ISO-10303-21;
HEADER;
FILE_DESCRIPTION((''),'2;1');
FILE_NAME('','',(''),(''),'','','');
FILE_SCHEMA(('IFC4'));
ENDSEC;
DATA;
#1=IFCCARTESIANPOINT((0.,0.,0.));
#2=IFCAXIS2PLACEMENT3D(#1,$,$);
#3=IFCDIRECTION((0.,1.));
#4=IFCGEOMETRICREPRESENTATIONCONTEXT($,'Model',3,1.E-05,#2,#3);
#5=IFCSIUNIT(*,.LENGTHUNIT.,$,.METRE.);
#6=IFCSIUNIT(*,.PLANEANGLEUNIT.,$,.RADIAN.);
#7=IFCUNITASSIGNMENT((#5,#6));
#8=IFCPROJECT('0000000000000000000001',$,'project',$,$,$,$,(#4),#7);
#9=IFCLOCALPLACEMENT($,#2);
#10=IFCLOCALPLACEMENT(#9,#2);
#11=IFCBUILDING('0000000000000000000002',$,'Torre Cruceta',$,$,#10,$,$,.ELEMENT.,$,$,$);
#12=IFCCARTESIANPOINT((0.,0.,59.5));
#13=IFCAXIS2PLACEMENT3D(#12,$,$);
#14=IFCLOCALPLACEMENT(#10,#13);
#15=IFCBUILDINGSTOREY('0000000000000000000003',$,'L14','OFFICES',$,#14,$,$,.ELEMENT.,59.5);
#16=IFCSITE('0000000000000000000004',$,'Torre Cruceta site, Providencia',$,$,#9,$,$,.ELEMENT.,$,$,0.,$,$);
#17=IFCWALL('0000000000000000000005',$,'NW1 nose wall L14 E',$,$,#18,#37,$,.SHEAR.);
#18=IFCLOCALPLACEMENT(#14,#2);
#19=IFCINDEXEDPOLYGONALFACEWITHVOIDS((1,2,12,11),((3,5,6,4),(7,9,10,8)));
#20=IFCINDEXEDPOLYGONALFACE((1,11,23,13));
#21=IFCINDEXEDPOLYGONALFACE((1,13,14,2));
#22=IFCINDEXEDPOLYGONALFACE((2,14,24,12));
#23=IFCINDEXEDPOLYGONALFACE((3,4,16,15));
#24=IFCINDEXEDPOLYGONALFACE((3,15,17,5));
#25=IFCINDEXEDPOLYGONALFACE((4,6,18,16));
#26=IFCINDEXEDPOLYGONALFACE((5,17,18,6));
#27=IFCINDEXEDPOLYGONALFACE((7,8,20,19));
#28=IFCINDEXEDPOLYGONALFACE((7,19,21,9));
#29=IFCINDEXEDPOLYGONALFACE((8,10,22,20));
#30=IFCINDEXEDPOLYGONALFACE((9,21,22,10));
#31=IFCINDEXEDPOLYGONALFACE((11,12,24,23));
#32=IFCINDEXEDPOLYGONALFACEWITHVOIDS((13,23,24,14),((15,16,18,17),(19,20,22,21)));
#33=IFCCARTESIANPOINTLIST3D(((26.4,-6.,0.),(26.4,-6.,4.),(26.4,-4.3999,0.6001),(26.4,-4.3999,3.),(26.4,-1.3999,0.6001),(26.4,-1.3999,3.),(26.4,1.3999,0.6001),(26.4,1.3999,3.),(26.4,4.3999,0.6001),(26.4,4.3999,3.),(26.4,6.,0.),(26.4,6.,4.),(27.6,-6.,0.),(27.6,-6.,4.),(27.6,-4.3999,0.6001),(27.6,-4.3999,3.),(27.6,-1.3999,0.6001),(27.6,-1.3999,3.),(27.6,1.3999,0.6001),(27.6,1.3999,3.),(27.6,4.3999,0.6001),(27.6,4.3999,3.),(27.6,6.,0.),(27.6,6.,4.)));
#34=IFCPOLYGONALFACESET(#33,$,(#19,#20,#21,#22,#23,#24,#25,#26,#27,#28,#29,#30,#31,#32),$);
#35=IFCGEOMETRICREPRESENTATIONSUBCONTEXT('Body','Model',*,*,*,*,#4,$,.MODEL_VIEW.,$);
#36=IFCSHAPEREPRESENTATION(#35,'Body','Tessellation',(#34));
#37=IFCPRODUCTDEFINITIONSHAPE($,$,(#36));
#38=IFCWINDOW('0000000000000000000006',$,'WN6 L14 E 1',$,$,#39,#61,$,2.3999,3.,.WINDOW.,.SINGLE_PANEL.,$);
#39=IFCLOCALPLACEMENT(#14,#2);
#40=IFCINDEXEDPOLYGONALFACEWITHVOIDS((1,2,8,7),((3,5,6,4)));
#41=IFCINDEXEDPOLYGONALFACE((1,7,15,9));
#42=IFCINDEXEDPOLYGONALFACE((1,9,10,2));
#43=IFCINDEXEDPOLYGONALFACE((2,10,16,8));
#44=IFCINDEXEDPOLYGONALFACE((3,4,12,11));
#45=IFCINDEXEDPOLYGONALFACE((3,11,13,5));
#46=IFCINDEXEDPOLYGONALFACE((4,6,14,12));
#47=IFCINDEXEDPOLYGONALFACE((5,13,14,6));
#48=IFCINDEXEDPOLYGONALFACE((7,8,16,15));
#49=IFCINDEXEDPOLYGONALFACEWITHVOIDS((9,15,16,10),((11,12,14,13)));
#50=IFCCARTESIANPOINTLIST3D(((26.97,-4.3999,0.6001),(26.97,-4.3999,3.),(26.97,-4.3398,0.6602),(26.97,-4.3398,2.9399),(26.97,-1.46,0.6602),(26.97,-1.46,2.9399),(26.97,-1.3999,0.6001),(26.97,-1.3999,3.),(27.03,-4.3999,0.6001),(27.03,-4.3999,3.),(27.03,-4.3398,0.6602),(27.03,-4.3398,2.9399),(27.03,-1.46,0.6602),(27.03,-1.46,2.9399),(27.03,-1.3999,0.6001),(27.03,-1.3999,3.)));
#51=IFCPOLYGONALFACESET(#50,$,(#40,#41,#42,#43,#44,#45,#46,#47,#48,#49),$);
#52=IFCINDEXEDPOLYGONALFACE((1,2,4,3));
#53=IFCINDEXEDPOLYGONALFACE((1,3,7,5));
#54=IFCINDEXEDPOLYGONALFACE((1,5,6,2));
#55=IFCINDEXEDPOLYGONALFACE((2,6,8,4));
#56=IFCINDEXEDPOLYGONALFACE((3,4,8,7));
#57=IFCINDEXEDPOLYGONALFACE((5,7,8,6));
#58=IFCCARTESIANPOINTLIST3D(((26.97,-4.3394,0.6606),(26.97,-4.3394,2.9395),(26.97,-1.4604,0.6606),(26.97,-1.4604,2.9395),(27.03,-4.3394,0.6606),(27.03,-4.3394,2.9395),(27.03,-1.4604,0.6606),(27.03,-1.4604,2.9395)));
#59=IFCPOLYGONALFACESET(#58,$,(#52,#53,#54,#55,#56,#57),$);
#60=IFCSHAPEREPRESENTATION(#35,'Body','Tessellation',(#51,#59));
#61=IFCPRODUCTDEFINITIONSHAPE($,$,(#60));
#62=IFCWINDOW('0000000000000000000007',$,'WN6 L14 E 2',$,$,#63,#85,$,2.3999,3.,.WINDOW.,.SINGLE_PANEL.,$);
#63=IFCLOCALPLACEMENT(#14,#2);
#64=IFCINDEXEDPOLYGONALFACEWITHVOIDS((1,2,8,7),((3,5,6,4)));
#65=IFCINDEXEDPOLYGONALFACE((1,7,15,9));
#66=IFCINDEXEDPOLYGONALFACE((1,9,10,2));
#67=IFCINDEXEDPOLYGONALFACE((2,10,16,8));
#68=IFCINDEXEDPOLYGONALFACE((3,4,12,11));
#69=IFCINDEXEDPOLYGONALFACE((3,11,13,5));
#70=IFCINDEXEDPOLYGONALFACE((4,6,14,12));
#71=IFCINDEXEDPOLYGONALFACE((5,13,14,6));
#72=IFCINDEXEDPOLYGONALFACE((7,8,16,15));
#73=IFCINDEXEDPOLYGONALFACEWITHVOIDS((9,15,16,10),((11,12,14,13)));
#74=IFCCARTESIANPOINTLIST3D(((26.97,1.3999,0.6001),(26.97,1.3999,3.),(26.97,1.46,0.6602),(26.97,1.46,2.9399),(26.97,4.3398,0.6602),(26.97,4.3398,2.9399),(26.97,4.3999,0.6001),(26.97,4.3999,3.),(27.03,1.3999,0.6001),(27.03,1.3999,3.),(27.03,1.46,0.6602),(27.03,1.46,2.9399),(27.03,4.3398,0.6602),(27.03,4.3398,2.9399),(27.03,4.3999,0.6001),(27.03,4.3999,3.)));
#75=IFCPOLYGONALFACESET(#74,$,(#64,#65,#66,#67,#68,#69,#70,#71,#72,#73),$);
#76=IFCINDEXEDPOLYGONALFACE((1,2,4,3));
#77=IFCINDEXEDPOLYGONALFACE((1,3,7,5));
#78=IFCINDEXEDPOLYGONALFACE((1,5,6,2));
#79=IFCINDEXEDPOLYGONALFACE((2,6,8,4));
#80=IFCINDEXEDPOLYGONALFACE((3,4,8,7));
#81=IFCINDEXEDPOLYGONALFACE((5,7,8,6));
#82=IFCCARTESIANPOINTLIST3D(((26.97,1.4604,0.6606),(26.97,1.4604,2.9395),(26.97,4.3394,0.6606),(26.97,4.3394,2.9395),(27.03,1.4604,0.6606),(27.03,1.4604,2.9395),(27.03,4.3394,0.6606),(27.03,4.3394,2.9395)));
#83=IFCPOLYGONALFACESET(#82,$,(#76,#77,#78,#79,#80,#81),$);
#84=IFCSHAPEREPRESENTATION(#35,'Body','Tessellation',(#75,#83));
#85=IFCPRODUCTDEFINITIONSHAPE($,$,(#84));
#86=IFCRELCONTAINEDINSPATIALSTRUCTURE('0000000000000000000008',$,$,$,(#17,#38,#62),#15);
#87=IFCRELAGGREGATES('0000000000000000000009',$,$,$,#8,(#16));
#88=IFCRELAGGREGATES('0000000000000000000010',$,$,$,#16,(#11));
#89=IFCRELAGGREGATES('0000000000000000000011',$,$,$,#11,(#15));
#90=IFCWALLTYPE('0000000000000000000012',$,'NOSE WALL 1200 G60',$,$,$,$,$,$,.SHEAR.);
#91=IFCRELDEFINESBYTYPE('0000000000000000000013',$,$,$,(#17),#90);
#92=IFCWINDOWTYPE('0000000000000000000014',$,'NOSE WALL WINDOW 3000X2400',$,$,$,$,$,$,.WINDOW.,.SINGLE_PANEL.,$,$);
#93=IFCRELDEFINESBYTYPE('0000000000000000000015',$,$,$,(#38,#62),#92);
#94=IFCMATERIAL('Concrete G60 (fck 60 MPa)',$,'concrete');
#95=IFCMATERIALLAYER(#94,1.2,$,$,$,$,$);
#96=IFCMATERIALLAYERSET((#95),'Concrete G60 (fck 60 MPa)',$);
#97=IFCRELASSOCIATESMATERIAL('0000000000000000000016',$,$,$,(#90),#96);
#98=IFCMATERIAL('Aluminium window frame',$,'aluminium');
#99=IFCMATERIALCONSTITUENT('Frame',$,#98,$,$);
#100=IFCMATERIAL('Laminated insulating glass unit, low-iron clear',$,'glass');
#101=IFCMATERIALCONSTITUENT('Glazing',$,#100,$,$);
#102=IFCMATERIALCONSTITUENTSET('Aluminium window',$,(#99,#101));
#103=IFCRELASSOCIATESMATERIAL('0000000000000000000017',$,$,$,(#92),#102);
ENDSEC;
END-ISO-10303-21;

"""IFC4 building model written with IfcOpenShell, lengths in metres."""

from ifc_helpers import new_model, si_unit, direction, frame, frame_2d, origin, place, context, subcontext, project, spatial, rectangle, hollow_rectangle, extrude, material, layer, layer_set, constituent, constituent_set, type_object, element, fill, save


model = new_model("IFC4")

# Units and contexts
model_context = context("Model", 3, precision=1e-05, world=origin(), true_north=direction((0.0, 1.0)))
body_context = subcontext(model_context, "Body", "Model", "MODEL_VIEW")
ifc_project = project(units=[si_unit("LENGTHUNIT", "METRE"), si_unit("PLANEANGLEUNIT", "RADIAN")], contexts=[model_context])

# Site, building, storey
site_placement = place(None, origin())
site = spatial("IfcSite", under=ifc_project, at=site_placement, Name="Torre Cruceta site, Providencia", CompositionType="ELEMENT", RefElevation=0.0)
building_placement = place(site_placement, origin())
building = spatial("IfcBuilding", under=site, at=building_placement, Name="Torre Cruceta", CompositionType="ELEMENT")
storey_placement = place(building_placement, frame((0.0, 0.0, 59.5)))
storey = spatial("IfcBuildingStorey", under=building, at=storey_placement, Name="L14", Description="OFFICES", CompositionType="ELEMENT", Elevation=59.5)

# Wall, openings, windows
ifc_material_1 = material(Name="Concrete G60 (fck 60 MPa)", Category="concrete")
ifc_layer = layer(ifc_material_1, 1.2)
ifc_layer_set = layer_set([ifc_layer], Name="Concrete G60 (fck 60 MPa)")
wall_type = type_object("IfcWallType", Name="NOSE WALL 1200 G60", PredefinedType="SHEAR", material=ifc_layer_set)
wall_placement = place(storey_placement, frame((27.0, -6.0, 0.0), z_axis=(0.0, 0.0, 1.0), x_axis=(0.0, 1.0, 0.0)))
wall = element("IfcWall", 1, at=wall_placement, inside=storey, type_object=wall_type, Name="NW1 nose wall L14 E", PredefinedType="SHEAR", context=body_context, shape_type="SweptSolid", body=[
    extrude(rectangle(XDim=12.0, YDim=1.2, at=frame_2d((6.0, 0.0))), origin(), (0.0, 0.0, 1.0), 4.0),
])
opening_1_placement = place(wall_placement, frame((1.6001, 0.0, 0.6001)))
opening_1 = element("IfcOpeningElement", 2, at=opening_1_placement, cuts=wall, PredefinedType="OPENING", context=body_context, shape_type="SweptSolid", body=[
    extrude(rectangle(XDim=3.0, YDim=2.3999, at=frame_2d((1.5, 1.2))), frame((0.0, 0.6099, 0.0), z_axis=(0.0, -1.0, 0.0), x_axis=(1.0, 0.0, 0.0)), (0.0, 0.0, 1.0), 1.22),
])
opening_2_placement = place(wall_placement, frame((7.3999, 0.0, 0.6001)))
opening_2 = element("IfcOpeningElement", 3, at=opening_2_placement, cuts=wall, PredefinedType="OPENING", context=body_context, shape_type="SweptSolid", body=[
    extrude(rectangle(XDim=3.0, YDim=2.3999, at=frame_2d((1.5, 1.2))), frame((0.0, 0.6099, 0.0), z_axis=(0.0, -1.0, 0.0), x_axis=(1.0, 0.0, 0.0)), (0.0, 0.0, 1.0), 1.22),
])
ifc_material_2 = material(Name="Aluminium window frame", Category="aluminium")
ifc_constituent_1 = constituent(ifc_material_2, Name="Frame")
ifc_material_3 = material(Name="Laminated insulating glass unit, low-iron clear", Category="glass")
ifc_constituent_2 = constituent(ifc_material_3, Name="Glazing")
ifc_constituent_set = constituent_set(constituents=[ifc_constituent_1, ifc_constituent_2], Name="Aluminium window")
window_type = type_object("IfcWindowType", Name="NOSE WALL WINDOW 3000X2400", PartitioningType="SINGLE_PANEL", PredefinedType="WINDOW", material=ifc_constituent_set)
window_1_placement = place(opening_1_placement, origin())
window_1 = element("IfcWindow", 4, at=window_1_placement, inside=storey, type_object=window_type, Name="WN6 L14 E 1", OverallHeight=2.3999, OverallWidth=3.0, PartitioningType="SINGLE_PANEL", PredefinedType="WINDOW", context=body_context, shape_type="SweptSolid", body=[
    extrude(hollow_rectangle(XDim=3.0, YDim=2.3999, WallThickness=0.0601, at=frame_2d((1.5, 1.2))), frame((0.0, 0.03, 0.0), z_axis=(0.0, -1.0, 0.0), x_axis=(1.0, 0.0, 0.0)), (0.0, 0.0, 1.0), 0.0601),
    extrude(rectangle(XDim=2.8789, YDim=2.2788, at=frame_2d((1.5, 1.2))), frame((0.0, 0.03, 0.0), z_axis=(0.0, -1.0, 0.0), x_axis=(1.0, 0.0, 0.0)), (0.0, 0.0, 1.0), 0.0601),
])
fill(opening_1, window_1)
window_2_placement = place(opening_2_placement, origin())
window_2 = element("IfcWindow", 5, at=window_2_placement, inside=storey, type_object=window_type, Name="WN6 L14 E 2", OverallHeight=2.3999, OverallWidth=3.0, PartitioningType="SINGLE_PANEL", PredefinedType="WINDOW", context=body_context, shape_type="SweptSolid", body=[
    extrude(hollow_rectangle(XDim=3.0, YDim=2.3999, WallThickness=0.0601, at=frame_2d((1.5, 1.2))), frame((0.0, 0.03, 0.0), z_axis=(0.0, -1.0, 0.0), x_axis=(1.0, 0.0, 0.0)), (0.0, 0.0, 1.0), 0.0601),
    extrude(rectangle(XDim=2.8789, YDim=2.2788, at=frame_2d((1.5, 1.2))), frame((0.0, 0.03, 0.0), z_axis=(0.0, -1.0, 0.0), x_axis=(1.0, 0.0, 0.0)), (0.0, 0.0, 1.0), 0.0601),
])
fill(opening_2, window_2)

save(model, "model.ifc")
